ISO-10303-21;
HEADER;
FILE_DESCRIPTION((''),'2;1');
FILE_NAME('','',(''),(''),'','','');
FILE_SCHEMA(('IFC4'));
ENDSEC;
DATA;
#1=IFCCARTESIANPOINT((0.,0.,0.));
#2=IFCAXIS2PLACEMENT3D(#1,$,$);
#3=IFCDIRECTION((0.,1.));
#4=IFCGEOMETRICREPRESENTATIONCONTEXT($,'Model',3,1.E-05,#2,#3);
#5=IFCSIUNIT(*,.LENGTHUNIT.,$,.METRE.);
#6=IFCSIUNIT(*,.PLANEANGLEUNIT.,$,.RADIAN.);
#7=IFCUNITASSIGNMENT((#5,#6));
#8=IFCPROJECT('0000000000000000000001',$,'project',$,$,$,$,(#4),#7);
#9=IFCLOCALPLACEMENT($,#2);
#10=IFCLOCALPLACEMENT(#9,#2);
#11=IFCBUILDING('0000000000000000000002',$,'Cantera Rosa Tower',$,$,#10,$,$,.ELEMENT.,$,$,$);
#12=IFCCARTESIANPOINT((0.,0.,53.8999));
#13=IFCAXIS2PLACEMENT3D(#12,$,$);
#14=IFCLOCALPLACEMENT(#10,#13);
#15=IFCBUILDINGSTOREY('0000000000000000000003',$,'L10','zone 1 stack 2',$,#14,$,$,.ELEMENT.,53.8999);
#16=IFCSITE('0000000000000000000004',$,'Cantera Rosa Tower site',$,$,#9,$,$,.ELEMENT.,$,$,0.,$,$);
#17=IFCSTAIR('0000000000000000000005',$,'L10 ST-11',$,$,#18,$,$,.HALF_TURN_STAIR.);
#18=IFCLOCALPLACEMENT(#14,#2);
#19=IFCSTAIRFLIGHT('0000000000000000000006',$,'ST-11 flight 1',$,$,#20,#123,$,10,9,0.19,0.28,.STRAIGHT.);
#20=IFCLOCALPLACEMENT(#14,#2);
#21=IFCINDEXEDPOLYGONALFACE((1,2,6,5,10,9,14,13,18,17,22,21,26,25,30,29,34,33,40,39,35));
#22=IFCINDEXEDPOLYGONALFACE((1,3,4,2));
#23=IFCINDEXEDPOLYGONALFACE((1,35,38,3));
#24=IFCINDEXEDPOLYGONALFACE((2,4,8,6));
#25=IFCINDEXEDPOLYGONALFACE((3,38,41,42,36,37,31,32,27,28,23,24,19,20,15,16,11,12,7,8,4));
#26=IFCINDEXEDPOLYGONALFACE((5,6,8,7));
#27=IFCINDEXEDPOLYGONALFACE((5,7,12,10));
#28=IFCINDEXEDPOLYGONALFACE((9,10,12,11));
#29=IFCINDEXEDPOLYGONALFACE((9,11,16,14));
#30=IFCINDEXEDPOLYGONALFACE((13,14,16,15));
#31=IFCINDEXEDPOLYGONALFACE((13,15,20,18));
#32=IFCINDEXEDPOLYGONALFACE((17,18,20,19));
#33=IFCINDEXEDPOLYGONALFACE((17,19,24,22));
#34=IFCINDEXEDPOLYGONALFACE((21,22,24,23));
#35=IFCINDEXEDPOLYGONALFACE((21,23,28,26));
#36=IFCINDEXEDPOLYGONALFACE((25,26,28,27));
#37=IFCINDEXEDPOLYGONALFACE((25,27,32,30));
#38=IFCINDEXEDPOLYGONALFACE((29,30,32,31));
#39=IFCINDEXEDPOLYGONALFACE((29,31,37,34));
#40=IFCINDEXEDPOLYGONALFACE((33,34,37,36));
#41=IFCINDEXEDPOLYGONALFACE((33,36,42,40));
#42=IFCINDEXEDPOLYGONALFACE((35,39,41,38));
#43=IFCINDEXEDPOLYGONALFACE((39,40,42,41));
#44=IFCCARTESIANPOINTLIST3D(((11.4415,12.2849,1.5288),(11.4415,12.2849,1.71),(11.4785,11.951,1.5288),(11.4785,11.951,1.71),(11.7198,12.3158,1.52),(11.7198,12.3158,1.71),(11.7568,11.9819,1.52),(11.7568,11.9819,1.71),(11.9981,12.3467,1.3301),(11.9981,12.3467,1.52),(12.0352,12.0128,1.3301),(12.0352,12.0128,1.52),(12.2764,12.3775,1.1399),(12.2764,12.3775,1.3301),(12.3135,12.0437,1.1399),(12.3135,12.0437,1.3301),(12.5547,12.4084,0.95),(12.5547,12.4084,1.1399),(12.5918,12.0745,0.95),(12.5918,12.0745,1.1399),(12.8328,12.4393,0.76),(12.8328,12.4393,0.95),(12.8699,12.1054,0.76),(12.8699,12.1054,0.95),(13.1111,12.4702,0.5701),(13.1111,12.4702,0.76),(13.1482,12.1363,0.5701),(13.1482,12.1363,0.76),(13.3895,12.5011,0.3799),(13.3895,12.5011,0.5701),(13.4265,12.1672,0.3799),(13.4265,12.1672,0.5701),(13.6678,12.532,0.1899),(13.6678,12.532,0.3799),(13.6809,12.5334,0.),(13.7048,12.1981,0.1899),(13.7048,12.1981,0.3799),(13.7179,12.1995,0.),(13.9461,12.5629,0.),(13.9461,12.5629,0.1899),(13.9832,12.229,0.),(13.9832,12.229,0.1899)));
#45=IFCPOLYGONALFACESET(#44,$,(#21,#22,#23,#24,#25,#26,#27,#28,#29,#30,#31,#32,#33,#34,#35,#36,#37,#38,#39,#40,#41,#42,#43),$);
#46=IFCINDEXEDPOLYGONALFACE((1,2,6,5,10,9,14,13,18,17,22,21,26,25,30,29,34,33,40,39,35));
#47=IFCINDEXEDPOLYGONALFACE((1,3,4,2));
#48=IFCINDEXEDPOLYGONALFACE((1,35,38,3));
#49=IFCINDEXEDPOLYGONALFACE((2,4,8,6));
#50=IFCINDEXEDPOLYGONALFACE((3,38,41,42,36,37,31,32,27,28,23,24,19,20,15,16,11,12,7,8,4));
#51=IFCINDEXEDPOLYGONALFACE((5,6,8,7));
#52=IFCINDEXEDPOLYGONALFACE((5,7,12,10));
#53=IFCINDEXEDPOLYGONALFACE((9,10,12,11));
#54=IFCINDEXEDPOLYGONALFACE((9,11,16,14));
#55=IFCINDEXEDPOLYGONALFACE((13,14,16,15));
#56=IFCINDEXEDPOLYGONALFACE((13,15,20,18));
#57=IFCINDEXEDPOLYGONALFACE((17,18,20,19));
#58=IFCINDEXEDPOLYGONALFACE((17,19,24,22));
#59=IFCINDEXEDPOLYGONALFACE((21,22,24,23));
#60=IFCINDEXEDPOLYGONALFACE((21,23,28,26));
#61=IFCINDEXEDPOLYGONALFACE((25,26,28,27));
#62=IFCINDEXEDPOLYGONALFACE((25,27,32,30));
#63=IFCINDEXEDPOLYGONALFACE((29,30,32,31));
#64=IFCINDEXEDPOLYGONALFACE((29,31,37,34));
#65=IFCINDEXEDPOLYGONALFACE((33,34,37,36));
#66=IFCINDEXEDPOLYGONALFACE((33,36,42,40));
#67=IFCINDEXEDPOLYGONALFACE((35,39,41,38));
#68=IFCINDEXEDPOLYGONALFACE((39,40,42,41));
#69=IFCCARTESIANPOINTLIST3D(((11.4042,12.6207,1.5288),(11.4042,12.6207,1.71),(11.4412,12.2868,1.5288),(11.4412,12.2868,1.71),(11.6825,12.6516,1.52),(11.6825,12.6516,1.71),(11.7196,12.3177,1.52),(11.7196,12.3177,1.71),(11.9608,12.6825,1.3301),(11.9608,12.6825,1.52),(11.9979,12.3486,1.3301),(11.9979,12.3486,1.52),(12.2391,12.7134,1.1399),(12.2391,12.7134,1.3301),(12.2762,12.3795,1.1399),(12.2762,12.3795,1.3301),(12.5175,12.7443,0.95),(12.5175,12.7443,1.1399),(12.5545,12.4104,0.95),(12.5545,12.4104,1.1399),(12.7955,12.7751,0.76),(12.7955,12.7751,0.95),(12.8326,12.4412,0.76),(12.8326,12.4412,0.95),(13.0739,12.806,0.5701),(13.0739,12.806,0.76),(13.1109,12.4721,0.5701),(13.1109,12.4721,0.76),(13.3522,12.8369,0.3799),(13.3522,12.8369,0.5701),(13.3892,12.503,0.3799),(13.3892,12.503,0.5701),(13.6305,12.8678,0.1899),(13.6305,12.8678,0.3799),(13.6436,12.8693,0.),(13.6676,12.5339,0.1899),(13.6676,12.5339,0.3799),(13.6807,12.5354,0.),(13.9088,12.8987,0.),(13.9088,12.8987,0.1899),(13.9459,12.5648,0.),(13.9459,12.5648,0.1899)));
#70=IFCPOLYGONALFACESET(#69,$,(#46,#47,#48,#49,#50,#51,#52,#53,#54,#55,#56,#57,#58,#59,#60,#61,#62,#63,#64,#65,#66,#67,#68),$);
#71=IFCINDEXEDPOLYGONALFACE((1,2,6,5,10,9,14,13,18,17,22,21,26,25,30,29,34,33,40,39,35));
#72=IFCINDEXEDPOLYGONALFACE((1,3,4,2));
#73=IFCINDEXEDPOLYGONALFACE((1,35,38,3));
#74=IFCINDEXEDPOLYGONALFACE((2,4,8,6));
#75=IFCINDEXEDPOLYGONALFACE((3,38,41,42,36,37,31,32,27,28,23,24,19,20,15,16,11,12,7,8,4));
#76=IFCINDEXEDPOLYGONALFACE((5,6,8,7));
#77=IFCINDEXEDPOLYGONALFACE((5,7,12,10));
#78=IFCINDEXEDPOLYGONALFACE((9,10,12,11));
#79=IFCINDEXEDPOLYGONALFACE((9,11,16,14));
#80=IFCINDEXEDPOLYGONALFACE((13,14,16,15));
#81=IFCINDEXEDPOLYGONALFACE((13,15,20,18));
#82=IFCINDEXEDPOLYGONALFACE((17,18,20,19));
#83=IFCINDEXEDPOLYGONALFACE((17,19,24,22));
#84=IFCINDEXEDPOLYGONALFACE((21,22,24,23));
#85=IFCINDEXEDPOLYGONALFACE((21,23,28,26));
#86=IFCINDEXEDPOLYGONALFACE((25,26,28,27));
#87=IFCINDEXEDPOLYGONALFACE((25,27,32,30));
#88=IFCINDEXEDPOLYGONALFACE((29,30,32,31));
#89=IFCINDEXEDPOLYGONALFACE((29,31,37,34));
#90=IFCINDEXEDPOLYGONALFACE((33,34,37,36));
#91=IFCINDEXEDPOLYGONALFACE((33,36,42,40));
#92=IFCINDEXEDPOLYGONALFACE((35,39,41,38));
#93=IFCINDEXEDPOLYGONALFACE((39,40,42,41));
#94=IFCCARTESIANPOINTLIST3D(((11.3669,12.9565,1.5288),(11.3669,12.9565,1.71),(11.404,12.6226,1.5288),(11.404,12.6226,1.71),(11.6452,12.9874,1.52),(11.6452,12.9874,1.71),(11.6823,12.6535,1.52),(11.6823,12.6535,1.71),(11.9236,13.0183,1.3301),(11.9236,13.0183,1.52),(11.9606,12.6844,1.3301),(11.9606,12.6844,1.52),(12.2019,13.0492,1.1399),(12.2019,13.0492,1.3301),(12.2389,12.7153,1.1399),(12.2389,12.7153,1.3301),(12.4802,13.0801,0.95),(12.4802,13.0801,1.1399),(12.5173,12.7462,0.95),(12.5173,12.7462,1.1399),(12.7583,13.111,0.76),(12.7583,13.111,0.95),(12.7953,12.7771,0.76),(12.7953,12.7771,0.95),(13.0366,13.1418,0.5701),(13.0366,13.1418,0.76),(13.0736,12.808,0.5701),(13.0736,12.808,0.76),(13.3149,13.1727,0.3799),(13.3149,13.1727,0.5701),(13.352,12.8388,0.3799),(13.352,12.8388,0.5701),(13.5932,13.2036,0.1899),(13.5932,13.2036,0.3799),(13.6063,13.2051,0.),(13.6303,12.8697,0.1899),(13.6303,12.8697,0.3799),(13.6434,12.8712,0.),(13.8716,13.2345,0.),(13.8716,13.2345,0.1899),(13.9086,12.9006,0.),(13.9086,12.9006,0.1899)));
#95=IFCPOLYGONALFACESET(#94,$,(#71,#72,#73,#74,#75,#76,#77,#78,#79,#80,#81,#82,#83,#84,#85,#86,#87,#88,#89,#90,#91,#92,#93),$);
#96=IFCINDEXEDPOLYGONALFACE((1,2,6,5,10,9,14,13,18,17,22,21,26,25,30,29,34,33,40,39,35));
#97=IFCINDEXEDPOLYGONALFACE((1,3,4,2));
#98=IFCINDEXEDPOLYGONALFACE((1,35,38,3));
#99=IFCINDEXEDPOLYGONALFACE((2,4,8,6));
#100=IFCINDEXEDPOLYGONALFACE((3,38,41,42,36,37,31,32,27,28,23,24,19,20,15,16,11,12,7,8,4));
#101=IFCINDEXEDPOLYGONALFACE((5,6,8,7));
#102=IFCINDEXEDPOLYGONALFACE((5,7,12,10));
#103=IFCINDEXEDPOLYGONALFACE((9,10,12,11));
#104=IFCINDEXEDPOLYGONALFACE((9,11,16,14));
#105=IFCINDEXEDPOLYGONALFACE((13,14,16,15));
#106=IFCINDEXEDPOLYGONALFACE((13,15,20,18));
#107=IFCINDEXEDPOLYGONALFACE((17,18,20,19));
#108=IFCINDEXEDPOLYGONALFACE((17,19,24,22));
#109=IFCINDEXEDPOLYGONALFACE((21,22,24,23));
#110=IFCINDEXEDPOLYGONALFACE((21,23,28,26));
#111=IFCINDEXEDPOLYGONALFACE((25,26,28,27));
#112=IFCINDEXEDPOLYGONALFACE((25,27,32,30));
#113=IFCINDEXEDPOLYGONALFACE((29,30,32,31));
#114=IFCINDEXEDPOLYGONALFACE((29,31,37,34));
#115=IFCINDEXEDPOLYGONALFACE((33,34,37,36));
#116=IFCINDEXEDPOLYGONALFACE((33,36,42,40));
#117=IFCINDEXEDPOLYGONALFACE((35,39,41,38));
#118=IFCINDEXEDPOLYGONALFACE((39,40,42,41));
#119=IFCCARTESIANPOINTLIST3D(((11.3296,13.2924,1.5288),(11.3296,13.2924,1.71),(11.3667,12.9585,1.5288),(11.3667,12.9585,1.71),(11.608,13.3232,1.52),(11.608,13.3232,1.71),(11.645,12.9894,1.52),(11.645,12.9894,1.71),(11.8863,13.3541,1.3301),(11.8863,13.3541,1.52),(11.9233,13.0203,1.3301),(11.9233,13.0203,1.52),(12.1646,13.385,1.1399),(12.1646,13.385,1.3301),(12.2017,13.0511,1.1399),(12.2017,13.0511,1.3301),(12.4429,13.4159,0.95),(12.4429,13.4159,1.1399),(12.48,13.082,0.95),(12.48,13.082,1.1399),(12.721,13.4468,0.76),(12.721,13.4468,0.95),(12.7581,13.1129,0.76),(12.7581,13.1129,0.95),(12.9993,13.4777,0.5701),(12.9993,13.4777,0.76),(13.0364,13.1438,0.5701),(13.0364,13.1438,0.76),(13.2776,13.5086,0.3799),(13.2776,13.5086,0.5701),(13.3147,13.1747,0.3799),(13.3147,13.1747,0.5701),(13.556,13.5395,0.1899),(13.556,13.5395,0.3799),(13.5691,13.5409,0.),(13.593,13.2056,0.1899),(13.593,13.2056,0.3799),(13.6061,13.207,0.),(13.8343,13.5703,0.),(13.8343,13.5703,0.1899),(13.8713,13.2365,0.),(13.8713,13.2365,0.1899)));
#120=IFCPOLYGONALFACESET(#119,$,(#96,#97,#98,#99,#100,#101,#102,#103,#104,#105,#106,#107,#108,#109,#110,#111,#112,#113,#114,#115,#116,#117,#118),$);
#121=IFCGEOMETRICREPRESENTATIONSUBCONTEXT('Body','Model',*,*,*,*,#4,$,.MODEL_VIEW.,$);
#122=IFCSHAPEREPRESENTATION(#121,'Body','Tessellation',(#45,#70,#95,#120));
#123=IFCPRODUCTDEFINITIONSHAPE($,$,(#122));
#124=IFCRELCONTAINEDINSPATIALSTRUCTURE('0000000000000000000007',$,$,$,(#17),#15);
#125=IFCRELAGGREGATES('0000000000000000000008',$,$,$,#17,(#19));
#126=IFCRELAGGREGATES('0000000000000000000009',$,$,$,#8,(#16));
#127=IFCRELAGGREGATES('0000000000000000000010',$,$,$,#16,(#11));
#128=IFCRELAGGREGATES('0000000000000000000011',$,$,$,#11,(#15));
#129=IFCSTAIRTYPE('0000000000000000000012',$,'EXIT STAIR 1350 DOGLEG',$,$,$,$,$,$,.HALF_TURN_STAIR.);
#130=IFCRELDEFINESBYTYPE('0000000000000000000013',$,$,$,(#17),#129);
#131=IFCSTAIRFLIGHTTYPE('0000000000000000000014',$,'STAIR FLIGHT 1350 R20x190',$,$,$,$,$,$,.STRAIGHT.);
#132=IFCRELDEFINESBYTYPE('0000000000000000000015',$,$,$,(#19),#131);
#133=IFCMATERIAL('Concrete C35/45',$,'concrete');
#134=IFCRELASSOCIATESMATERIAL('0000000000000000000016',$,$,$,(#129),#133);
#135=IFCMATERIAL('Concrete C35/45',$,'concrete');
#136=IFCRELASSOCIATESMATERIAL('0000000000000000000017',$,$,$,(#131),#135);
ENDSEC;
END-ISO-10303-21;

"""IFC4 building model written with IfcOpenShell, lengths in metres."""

from ifc_helpers import new_model, si_unit, direction, frame, origin, place, context, subcontext, project, spatial, polyline, outline, extrude, material, type_object, element, aggregate, save


model = new_model("IFC4")

# Units and contexts
model_context = context("Model", 3, precision=1e-05, world=origin(), true_north=direction((0.0, 1.0)))
body_context = subcontext(model_context, "Body", "Model", "MODEL_VIEW")
ifc_project = project(units=[si_unit("LENGTHUNIT", "METRE"), si_unit("PLANEANGLEUNIT", "RADIAN")], contexts=[model_context])

# Site, building, storey
site_placement = place(None, origin())
site = spatial("IfcSite", under=ifc_project, at=site_placement, Name="Cantera Rosa Tower site", CompositionType="ELEMENT", RefElevation=0.0)
building_placement = place(site_placement, origin())
building = spatial("IfcBuilding", under=site, at=building_placement, Name="Cantera Rosa Tower", CompositionType="ELEMENT")
storey_placement = place(building_placement, frame((0.0, 0.0, 53.8999)))
storey = spatial("IfcBuildingStorey", under=building, at=storey_placement, Name="L10", Description="zone 1 stack 2", CompositionType="ELEMENT", Elevation=53.8999)

# Stair, stair flight
ifc_material_1 = material(Name="Concrete C35/45", Category="concrete")
stair_type = type_object("IfcStairType", Name="EXIT STAIR 1350 DOGLEG", PredefinedType="HALF_TURN_STAIR", material=ifc_material_1)
stair_placement = place(storey_placement, origin())
stair = element("IfcStair", 1, at=stair_placement, inside=storey, type_object=stair_type, Name="L10 ST-11", PredefinedType="HALF_TURN_STAIR")
ifc_material_2 = material(Name="Concrete C35/45", Category="concrete")
stair_flight_type = type_object("IfcStairFlightType", Name="STAIR FLIGHT 1350 R20x190", PredefinedType="STRAIGHT", material=ifc_material_2)
stair_flight_placement = place(storey_placement, frame((13.9087, 12.8999, 0.0), z_axis=(0.0, 0.0, 1.0), x_axis=(-0.993897, -0.110313, 0.0)))
stair_flight = element("IfcStairFlight", 2, at=stair_flight_placement, type_object=stair_flight_type, Name="ST-11 flight 1", NumberOfRisers=10, NumberOfTreads=9, PredefinedType="STRAIGHT", RiserHeight=0.19, TreadLength=0.28, context=body_context, shape_type="SweptSolid", body=[
    extrude(outline(polyline([(0.0, 0.0), (0.0, 0.1899), (0.28, 0.1899), (0.28, 0.3799), (0.5601, 0.3799), (0.5601, 0.5701), (0.8401, 0.5701), (0.8401, 0.76), (1.1201, 0.76), (1.1201, 0.95), (1.3999, 0.95), (1.3999, 1.1399), (1.6799, 1.1399), (1.6799, 1.3301), (1.96, 1.3301), (1.96, 1.52), (2.24, 1.52), (2.24, 1.71), (2.52, 1.71), (2.52, 1.8999), (2.52, 1.5288), (0.2668, 0.0), (0.0, 0.0)])), frame((0.0, 0.675, 0.0), z_axis=(0.0, -1.0, 0.0), x_axis=(1.0, 0.0, 0.0)), (0.0, 0.0, 1.0), 0.3359),
    extrude(outline(polyline([(0.0, 0.0), (0.0, 0.1899), (0.28, 0.1899), (0.28, 0.3799), (0.5601, 0.3799), (0.5601, 0.5701), (0.8401, 0.5701), (0.8401, 0.76), (1.1201, 0.76), (1.1201, 0.95), (1.3999, 0.95), (1.3999, 1.1399), (1.6799, 1.1399), (1.6799, 1.3301), (1.96, 1.3301), (1.96, 1.52), (2.24, 1.52), (2.24, 1.71), (2.52, 1.71), (2.52, 1.8999), (2.52, 1.5288), (0.2668, 0.0), (0.0, 0.0)])), frame((0.0, 0.3372, 0.0), z_axis=(0.0, -1.0, 0.0), x_axis=(1.0, 0.0, 0.0)), (0.0, 0.0, 1.0), 0.3359),
    extrude(outline(polyline([(0.0, 0.0), (0.0, 0.1899), (0.28, 0.1899), (0.28, 0.3799), (0.5601, 0.3799), (0.5601, 0.5701), (0.8401, 0.5701), (0.8401, 0.76), (1.1201, 0.76), (1.1201, 0.95), (1.3999, 0.95), (1.3999, 1.1399), (1.6799, 1.1399), (1.6799, 1.3301), (1.96, 1.3301), (1.96, 1.52), (2.24, 1.52), (2.24, 1.71), (2.52, 1.71), (2.52, 1.8999), (2.52, 1.5288), (0.2668, 0.0), (0.0, 0.0)])), frame((0.0, -0.0007, 0.0), z_axis=(0.0, -1.0, 0.0), x_axis=(1.0, 0.0, 0.0)), (0.0, 0.0, 1.0), 0.3359),
    extrude(outline(polyline([(0.0, 0.0), (0.0, 0.1899), (0.28, 0.1899), (0.28, 0.3799), (0.5601, 0.3799), (0.5601, 0.5701), (0.8401, 0.5701), (0.8401, 0.76), (1.1201, 0.76), (1.1201, 0.95), (1.3999, 0.95), (1.3999, 1.1399), (1.6799, 1.1399), (1.6799, 1.3301), (1.96, 1.3301), (1.96, 1.52), (2.24, 1.52), (2.24, 1.71), (2.52, 1.71), (2.52, 1.8999), (2.52, 1.5288), (0.2668, 0.0), (0.0, 0.0)])), frame((0.0, -0.3386, 0.0), z_axis=(0.0, -1.0, 0.0), x_axis=(1.0, 0.0, 0.0)), (0.0, 0.0, 1.0), 0.3359),
])
aggregate(stair, [stair_flight])

save(model, "model.ifc")
